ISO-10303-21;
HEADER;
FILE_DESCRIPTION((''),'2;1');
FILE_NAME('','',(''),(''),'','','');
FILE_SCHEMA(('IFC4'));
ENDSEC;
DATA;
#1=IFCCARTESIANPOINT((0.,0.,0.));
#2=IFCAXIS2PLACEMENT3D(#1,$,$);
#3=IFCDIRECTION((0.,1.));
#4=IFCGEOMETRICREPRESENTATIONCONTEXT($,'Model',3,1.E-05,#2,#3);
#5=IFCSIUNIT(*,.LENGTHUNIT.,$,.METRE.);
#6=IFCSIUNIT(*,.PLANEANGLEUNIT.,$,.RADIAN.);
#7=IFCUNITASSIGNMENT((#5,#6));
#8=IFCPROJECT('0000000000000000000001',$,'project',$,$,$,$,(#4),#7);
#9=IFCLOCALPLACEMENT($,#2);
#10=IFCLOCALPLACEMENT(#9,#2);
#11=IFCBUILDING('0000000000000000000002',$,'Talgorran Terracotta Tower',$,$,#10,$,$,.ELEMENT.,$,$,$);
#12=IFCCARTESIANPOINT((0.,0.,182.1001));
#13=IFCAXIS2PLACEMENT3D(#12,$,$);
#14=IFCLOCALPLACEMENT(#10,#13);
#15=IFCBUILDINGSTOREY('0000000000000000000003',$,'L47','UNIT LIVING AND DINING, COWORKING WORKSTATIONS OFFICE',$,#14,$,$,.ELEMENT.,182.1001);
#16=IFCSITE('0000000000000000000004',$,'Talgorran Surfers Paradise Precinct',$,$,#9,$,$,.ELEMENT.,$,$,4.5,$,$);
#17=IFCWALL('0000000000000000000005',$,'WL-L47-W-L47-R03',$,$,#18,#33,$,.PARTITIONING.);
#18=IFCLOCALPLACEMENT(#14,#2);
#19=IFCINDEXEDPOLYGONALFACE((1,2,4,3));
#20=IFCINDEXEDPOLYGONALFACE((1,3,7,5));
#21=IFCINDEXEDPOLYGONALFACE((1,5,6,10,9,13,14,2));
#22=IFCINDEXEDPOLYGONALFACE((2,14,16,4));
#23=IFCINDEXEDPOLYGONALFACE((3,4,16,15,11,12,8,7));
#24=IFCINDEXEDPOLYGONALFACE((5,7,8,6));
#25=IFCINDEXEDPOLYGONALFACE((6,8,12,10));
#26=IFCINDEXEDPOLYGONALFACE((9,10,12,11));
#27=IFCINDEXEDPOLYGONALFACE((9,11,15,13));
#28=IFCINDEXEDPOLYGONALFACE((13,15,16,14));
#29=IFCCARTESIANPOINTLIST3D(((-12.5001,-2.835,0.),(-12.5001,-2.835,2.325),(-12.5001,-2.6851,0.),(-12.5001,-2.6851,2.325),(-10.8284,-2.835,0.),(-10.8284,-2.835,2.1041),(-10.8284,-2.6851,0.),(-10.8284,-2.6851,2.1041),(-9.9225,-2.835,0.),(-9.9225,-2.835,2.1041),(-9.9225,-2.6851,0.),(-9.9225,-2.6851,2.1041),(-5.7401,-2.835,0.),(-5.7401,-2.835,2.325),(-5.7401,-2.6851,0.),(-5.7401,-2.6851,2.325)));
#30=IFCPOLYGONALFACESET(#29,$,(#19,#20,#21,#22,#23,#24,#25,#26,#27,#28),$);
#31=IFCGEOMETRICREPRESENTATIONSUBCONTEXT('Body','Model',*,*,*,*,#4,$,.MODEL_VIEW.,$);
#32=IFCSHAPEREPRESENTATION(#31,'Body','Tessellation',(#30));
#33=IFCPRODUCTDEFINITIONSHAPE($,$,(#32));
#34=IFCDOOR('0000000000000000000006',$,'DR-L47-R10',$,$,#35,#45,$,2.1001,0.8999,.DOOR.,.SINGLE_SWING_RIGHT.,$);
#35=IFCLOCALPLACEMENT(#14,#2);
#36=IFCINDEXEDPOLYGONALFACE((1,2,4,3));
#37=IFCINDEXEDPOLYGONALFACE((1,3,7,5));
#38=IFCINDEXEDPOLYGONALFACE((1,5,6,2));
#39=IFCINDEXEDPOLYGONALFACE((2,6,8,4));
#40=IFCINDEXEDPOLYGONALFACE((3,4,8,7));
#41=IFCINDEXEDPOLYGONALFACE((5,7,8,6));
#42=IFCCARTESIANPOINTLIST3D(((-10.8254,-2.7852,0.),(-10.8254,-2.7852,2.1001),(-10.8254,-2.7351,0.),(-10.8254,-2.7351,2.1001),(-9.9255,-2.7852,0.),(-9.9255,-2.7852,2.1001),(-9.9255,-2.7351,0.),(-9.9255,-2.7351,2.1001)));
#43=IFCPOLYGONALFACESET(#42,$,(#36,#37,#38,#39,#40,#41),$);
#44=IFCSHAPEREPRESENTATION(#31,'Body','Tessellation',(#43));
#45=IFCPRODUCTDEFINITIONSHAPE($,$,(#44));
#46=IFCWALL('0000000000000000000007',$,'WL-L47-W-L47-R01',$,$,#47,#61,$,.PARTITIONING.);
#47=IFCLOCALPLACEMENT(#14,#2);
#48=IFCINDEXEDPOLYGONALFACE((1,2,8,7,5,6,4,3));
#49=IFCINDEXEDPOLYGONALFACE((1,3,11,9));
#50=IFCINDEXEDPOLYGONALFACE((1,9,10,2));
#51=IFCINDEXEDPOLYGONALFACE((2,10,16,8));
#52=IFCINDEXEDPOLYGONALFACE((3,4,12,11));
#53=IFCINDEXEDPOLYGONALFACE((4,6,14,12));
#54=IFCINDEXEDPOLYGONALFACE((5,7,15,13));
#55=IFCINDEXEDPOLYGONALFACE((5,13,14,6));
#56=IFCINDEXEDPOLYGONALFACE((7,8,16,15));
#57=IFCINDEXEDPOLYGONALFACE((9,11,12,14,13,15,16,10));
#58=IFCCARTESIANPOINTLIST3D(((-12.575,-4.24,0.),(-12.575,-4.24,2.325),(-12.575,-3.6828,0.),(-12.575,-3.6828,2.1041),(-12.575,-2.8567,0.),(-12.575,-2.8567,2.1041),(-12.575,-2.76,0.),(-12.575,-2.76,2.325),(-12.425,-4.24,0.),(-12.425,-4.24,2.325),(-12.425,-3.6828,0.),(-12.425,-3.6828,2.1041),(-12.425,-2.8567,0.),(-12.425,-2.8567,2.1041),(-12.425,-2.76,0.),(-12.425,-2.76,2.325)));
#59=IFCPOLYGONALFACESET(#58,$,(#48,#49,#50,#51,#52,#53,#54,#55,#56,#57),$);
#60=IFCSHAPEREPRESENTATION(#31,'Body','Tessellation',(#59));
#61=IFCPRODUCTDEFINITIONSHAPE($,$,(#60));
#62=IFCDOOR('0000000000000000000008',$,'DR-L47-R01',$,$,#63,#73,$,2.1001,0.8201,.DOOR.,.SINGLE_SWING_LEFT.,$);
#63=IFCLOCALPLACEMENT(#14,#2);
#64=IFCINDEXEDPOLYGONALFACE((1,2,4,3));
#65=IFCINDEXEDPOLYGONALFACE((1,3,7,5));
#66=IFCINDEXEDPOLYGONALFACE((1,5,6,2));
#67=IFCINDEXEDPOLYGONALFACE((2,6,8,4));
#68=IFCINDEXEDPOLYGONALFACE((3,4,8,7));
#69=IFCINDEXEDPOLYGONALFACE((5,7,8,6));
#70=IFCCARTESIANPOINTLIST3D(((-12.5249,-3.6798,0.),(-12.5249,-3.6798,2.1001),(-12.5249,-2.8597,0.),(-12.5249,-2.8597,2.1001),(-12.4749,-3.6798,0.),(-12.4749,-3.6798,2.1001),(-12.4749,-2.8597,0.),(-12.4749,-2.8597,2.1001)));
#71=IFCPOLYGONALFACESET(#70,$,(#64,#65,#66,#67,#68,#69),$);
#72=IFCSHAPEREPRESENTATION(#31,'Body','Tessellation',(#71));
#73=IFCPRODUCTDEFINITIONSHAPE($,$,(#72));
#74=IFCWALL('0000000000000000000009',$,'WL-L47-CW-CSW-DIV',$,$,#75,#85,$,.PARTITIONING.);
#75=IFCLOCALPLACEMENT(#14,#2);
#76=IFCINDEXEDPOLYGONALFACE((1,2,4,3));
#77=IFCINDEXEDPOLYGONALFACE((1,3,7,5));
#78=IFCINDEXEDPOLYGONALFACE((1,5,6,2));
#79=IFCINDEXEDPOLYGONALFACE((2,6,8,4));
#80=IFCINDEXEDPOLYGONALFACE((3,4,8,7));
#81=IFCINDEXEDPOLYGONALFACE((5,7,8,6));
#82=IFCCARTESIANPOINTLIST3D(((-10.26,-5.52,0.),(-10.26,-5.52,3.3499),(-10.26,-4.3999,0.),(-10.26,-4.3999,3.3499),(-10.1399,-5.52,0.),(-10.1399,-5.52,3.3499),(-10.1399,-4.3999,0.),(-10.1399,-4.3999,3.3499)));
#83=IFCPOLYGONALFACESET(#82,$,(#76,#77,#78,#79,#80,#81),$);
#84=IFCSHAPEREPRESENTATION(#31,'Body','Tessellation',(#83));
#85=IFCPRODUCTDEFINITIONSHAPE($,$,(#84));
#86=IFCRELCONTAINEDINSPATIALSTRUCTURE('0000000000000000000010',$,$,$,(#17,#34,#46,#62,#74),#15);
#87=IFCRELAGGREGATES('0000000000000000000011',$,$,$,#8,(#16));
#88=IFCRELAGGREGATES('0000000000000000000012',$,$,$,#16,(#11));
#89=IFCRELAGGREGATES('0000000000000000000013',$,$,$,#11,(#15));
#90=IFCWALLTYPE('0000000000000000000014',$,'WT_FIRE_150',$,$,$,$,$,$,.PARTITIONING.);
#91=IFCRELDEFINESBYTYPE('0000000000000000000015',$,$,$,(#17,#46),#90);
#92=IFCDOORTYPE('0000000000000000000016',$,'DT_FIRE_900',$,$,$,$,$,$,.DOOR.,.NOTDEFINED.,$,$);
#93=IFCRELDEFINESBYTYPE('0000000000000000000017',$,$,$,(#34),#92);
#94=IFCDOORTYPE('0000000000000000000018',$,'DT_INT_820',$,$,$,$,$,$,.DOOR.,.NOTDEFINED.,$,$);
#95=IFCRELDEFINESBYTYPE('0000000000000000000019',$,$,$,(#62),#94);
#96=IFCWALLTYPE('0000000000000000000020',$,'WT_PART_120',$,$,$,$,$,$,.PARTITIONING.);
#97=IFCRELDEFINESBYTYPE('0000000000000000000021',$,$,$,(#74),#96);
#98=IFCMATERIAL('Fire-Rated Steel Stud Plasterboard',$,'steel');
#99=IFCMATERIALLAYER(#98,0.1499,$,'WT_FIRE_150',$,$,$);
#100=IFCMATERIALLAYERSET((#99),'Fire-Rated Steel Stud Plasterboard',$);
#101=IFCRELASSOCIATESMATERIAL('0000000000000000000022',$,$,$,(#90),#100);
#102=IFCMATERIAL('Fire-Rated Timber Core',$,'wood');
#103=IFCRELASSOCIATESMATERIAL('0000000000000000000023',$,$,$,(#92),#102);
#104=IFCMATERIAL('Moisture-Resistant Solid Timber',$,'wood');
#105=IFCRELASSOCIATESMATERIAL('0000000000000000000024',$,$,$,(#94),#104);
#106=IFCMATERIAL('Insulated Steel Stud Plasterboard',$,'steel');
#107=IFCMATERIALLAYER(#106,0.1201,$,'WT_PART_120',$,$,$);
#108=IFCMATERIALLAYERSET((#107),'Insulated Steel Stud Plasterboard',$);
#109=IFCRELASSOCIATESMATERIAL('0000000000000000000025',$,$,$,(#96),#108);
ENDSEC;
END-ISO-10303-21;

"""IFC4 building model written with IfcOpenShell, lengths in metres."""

from ifc_helpers import new_model, si_unit, direction, frame, frame_2d, origin, place, context, subcontext, project, spatial, rectangle, extrude, material, layer, layer_set, type_object, element, fill, save


model = new_model("IFC4")

# Units and contexts
model_context = context("Model", 3, precision=1e-05, world=origin(), true_north=direction((0.0, 1.0)))
body_context = subcontext(model_context, "Body", "Model", "MODEL_VIEW")
ifc_project = project(units=[si_unit("LENGTHUNIT", "METRE"), si_unit("PLANEANGLEUNIT", "RADIAN")], contexts=[model_context])

# Site, building, storey
site_placement = place(None, origin())
site = spatial("IfcSite", under=ifc_project, at=site_placement, Name="Talgorran Surfers Paradise Precinct", CompositionType="ELEMENT", RefElevation=4.5)
building_placement = place(site_placement, origin())
building = spatial("IfcBuilding", under=site, at=building_placement, Name="Talgorran Terracotta Tower", CompositionType="ELEMENT")
storey_placement = place(building_placement, frame((0.0, 0.0, 182.1001)))
storey = spatial("IfcBuildingStorey", under=building, at=storey_placement, Name="L47", Description="UNIT LIVING AND DINING, COWORKING WORKSTATIONS OFFICE", CompositionType="ELEMENT", Elevation=182.1001)

# Walls, openings, doors
ifc_material_1 = material(Name="Fire-Rated Steel Stud Plasterboard", Category="steel")
ifc_layer_1 = layer(ifc_material_1, 0.1499, Name="WT_FIRE_150")
ifc_layer_set_1 = layer_set([ifc_layer_1], Name="Fire-Rated Steel Stud Plasterboard")
wall_type_1 = type_object("IfcWallType", Name="WT_FIRE_150", PredefinedType="PARTITIONING", material=ifc_layer_set_1)
wall_1_placement = place(storey_placement, frame((-12.5, -2.76, 0.0), z_axis=(0.0, 0.0, 1.0), x_axis=(1.0, 0.0, 0.0)))
wall_1 = element("IfcWall", 1, at=wall_1_placement, inside=storey, type_object=wall_type_1, Name="WL-L47-W-L47-R03", PredefinedType="PARTITIONING", context=body_context, shape_type="SweptSolid", body=[
    extrude(rectangle(XDim=6.76, YDim=0.1499, at=frame_2d((3.3799, 0.0))), origin(), (0.0, 0.0, 1.0), 2.325),
])
opening_1_placement = place(wall_1_placement, frame((1.6746, 0.0, 0.0)))
opening_1 = element("IfcOpeningElement", 2, at=opening_1_placement, cuts=wall_1, PredefinedType="OPENING", context=body_context, shape_type="SweptSolid", body=[
    extrude(rectangle(XDim=0.9059, YDim=2.1041, at=frame_2d((0.45, 1.052))), frame((0.0, 0.085, 0.0), z_axis=(0.0, -1.0, 0.0), x_axis=(1.0, 0.0, 0.0)), (0.0, 0.0, 1.0), 0.1699),
])
ifc_material_2 = material(Name="Fire-Rated Timber Core", Category="wood")
door_type_1 = type_object("IfcDoorType", Name="DT_FIRE_900", OperationType="NOTDEFINED", PredefinedType="DOOR", material=ifc_material_2)
door_1_placement = place(opening_1_placement, origin())
door_1 = element("IfcDoor", 3, at=door_1_placement, inside=storey, type_object=door_type_1, Name="DR-L47-R10", OperationType="SINGLE_SWING_RIGHT", OverallHeight=2.1001, OverallWidth=0.8999, PredefinedType="DOOR", context=body_context, shape_type="SweptSolid", body=[
    extrude(rectangle(XDim=0.8999, YDim=2.1001, at=frame_2d((0.45, 1.05))), frame((0.0, 0.0249, 0.0), z_axis=(0.0, -1.0, 0.0), x_axis=(1.0, 0.0, 0.0)), (0.0, 0.0, 1.0), 0.05),
])
fill(opening_1, door_1)
wall_2_placement = place(storey_placement, frame((-12.5, -4.24, 0.0), z_axis=(0.0, 0.0, 1.0), x_axis=(0.0, 1.0, 0.0)))
wall_2 = element("IfcWall", 4, at=wall_2_placement, inside=storey, type_object=wall_type_1, Name="WL-L47-W-L47-R01", PredefinedType="PARTITIONING", context=body_context, shape_type="SweptSolid", body=[
    extrude(rectangle(XDim=1.48, YDim=0.1499, at=frame_2d((0.74, 0.0))), origin(), (0.0, 0.0, 1.0), 2.325),
])
opening_2_placement = place(wall_2_placement, frame((0.5601, 0.0, 0.0)))
opening_2 = element("IfcOpeningElement", 5, at=opening_2_placement, cuts=wall_2, PredefinedType="OPENING", context=body_context, shape_type="SweptSolid", body=[
    extrude(rectangle(XDim=0.8261, YDim=2.1041, at=frame_2d((0.4102, 1.052))), frame((0.0, 0.085, 0.0), z_axis=(0.0, -1.0, 0.0), x_axis=(1.0, 0.0, 0.0)), (0.0, 0.0, 1.0), 0.1699),
])
ifc_material_3 = material(Name="Moisture-Resistant Solid Timber", Category="wood")
door_type_2 = type_object("IfcDoorType", Name="DT_INT_820", OperationType="NOTDEFINED", PredefinedType="DOOR", material=ifc_material_3)
door_2_placement = place(opening_2_placement, origin())
door_2 = element("IfcDoor", 6, at=door_2_placement, inside=storey, type_object=door_type_2, Name="DR-L47-R01", OperationType="SINGLE_SWING_LEFT", OverallHeight=2.1001, OverallWidth=0.8201, PredefinedType="DOOR", context=body_context, shape_type="SweptSolid", body=[
    extrude(rectangle(XDim=0.8201, YDim=2.1001, at=frame_2d((0.4102, 1.05))), frame((0.0, 0.0249, 0.0), z_axis=(0.0, -1.0, 0.0), x_axis=(1.0, 0.0, 0.0)), (0.0, 0.0, 1.0), 0.05),
])
fill(opening_2, door_2)

# Wall
ifc_material_4 = material(Name="Insulated Steel Stud Plasterboard", Category="steel")
ifc_layer_2 = layer(ifc_material_4, 0.1201, Name="WT_PART_120")
ifc_layer_set_2 = layer_set([ifc_layer_2], Name="Insulated Steel Stud Plasterboard")
wall_type_2 = type_object("IfcWallType", Name="WT_PART_120", PredefinedType="PARTITIONING", material=ifc_layer_set_2)
wall_3_placement = place(storey_placement, frame((-10.2, -5.52, 0.0), z_axis=(0.0, 0.0, 1.0), x_axis=(0.0, 1.0, 0.0)))
element("IfcWall", 7, at=wall_3_placement, inside=storey, type_object=wall_type_2, Name="WL-L47-CW-CSW-DIV", PredefinedType="PARTITIONING", context=body_context, shape_type="SweptSolid", body=[
    extrude(rectangle(XDim=1.1201, YDim=0.1201, at=frame_2d((0.5601, 0.0))), origin(), (0.0, 0.0, 1.0), 3.3499),
])

save(model, "model.ifc")
